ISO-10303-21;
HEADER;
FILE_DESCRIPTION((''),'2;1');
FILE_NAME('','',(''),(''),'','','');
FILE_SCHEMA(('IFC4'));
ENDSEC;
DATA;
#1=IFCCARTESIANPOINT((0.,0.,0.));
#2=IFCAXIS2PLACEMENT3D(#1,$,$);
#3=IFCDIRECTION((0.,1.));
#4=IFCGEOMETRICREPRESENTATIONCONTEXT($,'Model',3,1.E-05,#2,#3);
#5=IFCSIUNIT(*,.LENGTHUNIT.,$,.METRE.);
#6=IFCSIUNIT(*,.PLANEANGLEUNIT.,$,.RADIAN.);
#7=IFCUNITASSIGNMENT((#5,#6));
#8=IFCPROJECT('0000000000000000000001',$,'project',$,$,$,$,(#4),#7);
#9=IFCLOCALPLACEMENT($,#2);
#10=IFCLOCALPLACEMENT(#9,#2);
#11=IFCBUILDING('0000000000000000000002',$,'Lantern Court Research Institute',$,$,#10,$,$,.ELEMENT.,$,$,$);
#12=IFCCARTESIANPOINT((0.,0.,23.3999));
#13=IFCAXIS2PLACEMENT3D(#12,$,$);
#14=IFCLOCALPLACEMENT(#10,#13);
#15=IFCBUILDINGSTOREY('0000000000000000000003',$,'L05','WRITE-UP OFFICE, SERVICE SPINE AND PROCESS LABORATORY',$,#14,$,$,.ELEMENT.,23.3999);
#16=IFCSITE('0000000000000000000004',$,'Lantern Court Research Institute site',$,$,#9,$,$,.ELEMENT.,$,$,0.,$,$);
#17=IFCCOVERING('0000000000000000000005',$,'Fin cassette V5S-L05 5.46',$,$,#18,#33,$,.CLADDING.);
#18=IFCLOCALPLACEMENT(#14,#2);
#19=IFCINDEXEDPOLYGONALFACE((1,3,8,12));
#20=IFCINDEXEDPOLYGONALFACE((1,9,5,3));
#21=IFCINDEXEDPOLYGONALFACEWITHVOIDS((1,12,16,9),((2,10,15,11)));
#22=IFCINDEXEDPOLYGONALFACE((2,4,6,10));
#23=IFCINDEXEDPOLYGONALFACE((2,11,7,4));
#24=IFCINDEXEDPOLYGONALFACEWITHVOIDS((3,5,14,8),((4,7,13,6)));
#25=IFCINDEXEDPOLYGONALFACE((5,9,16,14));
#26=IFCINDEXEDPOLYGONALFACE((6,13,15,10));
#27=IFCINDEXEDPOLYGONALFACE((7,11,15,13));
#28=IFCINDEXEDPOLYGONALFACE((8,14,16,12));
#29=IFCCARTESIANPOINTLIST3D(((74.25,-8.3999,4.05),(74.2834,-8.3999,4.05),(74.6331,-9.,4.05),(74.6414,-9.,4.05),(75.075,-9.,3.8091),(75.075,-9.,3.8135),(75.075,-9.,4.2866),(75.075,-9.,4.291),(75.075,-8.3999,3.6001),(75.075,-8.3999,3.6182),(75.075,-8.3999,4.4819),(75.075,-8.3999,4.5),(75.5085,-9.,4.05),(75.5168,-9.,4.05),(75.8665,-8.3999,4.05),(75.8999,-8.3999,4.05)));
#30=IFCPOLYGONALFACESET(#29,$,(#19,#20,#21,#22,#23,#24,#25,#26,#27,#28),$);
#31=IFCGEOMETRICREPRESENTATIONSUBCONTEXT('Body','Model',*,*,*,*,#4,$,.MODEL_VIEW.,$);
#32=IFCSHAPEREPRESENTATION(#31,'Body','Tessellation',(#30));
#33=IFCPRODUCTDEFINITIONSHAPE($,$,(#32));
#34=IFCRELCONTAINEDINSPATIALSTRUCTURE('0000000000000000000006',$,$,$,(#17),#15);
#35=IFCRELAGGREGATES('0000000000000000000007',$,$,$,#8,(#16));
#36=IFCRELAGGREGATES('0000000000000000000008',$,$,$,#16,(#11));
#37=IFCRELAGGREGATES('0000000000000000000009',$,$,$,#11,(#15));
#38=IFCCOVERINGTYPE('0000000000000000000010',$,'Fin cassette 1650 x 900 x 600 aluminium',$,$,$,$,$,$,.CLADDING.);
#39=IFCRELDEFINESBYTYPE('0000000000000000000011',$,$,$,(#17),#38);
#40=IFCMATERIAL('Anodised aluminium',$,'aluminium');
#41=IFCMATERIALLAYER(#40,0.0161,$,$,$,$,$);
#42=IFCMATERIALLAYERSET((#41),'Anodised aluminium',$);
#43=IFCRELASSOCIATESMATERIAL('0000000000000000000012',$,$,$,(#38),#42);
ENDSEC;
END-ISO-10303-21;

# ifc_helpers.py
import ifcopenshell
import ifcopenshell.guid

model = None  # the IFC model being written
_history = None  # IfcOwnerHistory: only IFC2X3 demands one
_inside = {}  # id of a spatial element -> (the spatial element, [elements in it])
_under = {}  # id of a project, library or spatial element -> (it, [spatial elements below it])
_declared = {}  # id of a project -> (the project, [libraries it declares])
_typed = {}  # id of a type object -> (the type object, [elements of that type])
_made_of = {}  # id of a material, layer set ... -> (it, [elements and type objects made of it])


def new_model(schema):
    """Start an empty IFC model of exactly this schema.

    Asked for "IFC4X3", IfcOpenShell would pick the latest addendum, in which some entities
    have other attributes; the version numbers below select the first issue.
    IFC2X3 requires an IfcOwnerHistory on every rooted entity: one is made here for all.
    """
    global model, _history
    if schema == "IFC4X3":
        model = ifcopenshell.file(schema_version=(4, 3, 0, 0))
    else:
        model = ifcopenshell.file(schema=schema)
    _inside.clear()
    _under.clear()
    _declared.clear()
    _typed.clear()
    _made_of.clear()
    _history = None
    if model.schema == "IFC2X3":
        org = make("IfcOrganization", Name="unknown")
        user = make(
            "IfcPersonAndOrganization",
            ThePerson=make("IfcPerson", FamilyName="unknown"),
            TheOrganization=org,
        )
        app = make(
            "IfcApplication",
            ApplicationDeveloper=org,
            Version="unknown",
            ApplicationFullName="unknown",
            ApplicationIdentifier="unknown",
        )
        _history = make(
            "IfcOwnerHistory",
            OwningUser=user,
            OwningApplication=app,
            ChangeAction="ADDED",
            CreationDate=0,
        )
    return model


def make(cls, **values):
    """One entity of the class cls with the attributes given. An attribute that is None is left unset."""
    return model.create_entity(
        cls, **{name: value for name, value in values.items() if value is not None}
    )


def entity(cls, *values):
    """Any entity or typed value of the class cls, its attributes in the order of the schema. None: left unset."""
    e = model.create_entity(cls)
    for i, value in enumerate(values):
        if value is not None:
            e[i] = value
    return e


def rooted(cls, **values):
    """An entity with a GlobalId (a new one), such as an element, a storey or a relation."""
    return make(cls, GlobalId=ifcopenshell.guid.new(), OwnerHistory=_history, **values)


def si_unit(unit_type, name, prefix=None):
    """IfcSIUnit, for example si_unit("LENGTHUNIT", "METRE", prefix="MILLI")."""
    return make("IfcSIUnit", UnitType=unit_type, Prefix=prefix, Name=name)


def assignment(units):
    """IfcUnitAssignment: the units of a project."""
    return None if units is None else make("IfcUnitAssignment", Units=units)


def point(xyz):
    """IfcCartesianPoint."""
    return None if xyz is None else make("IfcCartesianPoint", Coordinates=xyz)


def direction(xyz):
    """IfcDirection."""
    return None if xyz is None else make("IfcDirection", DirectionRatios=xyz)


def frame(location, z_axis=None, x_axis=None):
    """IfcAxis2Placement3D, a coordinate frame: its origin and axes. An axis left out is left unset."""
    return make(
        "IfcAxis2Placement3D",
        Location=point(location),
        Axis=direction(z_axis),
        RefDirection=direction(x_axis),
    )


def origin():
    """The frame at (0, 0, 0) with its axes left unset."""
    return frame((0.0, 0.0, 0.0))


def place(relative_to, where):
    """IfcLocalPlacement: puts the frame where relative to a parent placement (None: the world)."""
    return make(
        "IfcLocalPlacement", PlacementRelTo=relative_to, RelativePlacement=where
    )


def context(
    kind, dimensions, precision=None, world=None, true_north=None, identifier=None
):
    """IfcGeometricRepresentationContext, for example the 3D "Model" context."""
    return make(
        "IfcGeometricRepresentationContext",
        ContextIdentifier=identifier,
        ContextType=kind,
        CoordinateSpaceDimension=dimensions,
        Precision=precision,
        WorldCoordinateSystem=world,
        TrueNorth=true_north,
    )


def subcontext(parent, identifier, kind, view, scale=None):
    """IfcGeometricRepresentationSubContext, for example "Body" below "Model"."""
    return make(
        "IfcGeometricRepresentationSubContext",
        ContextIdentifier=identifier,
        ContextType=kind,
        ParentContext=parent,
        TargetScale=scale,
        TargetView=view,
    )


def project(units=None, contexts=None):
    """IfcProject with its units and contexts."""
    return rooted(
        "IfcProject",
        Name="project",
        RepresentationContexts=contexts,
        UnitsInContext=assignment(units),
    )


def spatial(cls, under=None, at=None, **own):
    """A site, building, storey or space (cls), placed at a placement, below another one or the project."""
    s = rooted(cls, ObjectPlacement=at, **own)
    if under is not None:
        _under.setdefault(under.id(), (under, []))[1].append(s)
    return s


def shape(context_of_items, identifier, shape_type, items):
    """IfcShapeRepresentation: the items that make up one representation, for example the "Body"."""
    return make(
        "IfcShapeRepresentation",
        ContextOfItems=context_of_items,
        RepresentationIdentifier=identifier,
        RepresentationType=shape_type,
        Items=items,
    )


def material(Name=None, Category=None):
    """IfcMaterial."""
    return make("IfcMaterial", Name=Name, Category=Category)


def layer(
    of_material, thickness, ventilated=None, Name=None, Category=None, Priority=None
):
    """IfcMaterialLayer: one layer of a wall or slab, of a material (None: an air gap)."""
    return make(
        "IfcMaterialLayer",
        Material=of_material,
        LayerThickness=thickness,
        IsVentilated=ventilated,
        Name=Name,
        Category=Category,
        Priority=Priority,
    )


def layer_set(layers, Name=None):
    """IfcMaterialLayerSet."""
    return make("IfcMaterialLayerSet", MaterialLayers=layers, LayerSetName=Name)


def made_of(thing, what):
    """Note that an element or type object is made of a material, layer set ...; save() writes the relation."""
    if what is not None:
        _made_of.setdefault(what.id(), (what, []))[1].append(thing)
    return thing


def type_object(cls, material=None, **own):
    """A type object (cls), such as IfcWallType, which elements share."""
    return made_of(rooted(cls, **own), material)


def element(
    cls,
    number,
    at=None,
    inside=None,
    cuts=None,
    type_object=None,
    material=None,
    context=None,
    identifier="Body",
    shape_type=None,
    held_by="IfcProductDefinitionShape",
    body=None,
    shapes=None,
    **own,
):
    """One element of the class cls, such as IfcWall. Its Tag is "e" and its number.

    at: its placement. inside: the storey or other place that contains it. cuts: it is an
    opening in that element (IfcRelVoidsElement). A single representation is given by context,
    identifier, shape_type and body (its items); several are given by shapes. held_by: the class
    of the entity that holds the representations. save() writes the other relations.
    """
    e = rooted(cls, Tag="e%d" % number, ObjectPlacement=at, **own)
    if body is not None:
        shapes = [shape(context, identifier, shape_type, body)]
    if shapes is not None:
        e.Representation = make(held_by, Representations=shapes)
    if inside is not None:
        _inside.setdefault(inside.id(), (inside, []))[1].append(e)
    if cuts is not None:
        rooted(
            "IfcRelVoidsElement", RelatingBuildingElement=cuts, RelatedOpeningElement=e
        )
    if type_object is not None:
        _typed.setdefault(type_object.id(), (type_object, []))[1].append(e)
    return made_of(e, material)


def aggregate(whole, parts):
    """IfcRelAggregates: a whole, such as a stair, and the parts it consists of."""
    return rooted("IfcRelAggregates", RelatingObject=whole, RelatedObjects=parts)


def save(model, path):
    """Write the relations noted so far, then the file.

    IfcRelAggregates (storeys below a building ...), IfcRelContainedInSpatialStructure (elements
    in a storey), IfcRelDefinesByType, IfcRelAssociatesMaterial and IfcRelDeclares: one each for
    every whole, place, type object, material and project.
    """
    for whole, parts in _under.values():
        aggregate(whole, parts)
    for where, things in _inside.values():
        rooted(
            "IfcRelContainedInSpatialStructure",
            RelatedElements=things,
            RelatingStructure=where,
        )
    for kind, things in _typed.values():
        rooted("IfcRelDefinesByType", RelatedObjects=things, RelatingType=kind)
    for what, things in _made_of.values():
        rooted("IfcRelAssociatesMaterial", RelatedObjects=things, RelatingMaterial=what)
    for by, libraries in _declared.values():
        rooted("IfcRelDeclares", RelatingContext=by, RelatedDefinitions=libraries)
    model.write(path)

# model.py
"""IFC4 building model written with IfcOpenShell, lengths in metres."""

from ifc_helpers import new_model, entity, si_unit, direction, frame, origin, place, context, subcontext, project, spatial, material, layer, layer_set, type_object, element, save


model = new_model("IFC4")

# Units and contexts
model_context = context("Model", 3, precision=1e-05, world=origin(), true_north=direction((0.0, 1.0)))
body_context = subcontext(model_context, "Body", "Model", "MODEL_VIEW")
ifc_project = project(units=[si_unit("LENGTHUNIT", "METRE"), si_unit("PLANEANGLEUNIT", "RADIAN")], contexts=[model_context])

# Site, building, storey
site_placement = place(None, origin())
site = spatial("IfcSite", under=ifc_project, at=site_placement, Name="Lantern Court Research Institute site", CompositionType="ELEMENT", RefElevation=0.0)
building_placement = place(site_placement, origin())
building = spatial("IfcBuilding", under=site, at=building_placement, Name="Lantern Court Research Institute", CompositionType="ELEMENT")
storey_placement = place(building_placement, frame((0.0, 0.0, 23.3999)))
storey = spatial("IfcBuildingStorey", under=building, at=storey_placement, Name="L05", Description="WRITE-UP OFFICE, SERVICE SPINE AND PROCESS LABORATORY", CompositionType="ELEMENT", Elevation=23.3999)

# Covering
ifc_material_1 = material(Name="Anodised aluminium", Category="aluminium")
ifc_layer_1 = layer(ifc_material_1, 0.0161)
ifc_layer_set_1 = layer_set([ifc_layer_1], Name="Anodised aluminium")
covering_type = type_object("IfcCoveringType", Name="Fin cassette 1650 x 900 x 600 aluminium", PredefinedType="CLADDING", material=ifc_layer_set_1)
covering_1_placement = place(storey_placement, frame((75.075, -8.3999, 4.05), z_axis=(0.0, -1.0, 0.0), x_axis=(1.0, 0.0, 0.0)))
cartesian_point_1 = entity("IfcCartesianPoint", [0.825, 0.0])
cartesian_point_2 = entity("IfcCartesianPoint", [0.7915, 0.0])
cartesian_point_3 = entity("IfcCartesianPoint", [0.4419, 0.0])
cartesian_point_4 = entity("IfcCartesianPoint", [0.4336, 0.0])
element("IfcCovering", 1, at=covering_1_placement, inside=storey, type_object=covering_type, Name="Fin cassette V5S-L05 5.46", PredefinedType="CLADDING", context=body_context, shape_type="SweptSolid", body=[
    entity("IfcExtrudedAreaSolidTapered", entity("IfcArbitraryProfileDefWithVoids", "AREA", None, entity("IfcPolyline", [cartesian_point_1, entity("IfcCartesianPoint", [0.0, 0.45]), entity("IfcCartesianPoint", [-0.825, 0.0]), entity("IfcCartesianPoint", [0.0, -0.45]), cartesian_point_1]), [entity("IfcPolyline", [cartesian_point_2, entity("IfcCartesianPoint", [0.0, 0.4319]), entity("IfcCartesianPoint", [-0.7915, 0.0]), entity("IfcCartesianPoint", [0.0, -0.4319]), cartesian_point_2])]), entity("IfcAxis2Placement3D", entity("IfcCartesianPoint", [0.0, 0.0, 0.0])), entity("IfcDirection", [0.0, 0.0, 1.0]), 0.6001, entity("IfcArbitraryProfileDefWithVoids", "AREA", None, entity("IfcPolyline", [cartesian_point_3, entity("IfcCartesianPoint", [0.0, 0.241]), entity("IfcCartesianPoint", [-0.4419, 0.0]), entity("IfcCartesianPoint", [0.0, -0.241]), cartesian_point_3]), [entity("IfcPolyline", [cartesian_point_4, entity("IfcCartesianPoint", [0.0, 0.2366]), entity("IfcCartesianPoint", [-0.4336, 0.0]), entity("IfcCartesianPoint", [0.0, -0.2366]), cartesian_point_4])])),
])

save(model, "model.ifc")
